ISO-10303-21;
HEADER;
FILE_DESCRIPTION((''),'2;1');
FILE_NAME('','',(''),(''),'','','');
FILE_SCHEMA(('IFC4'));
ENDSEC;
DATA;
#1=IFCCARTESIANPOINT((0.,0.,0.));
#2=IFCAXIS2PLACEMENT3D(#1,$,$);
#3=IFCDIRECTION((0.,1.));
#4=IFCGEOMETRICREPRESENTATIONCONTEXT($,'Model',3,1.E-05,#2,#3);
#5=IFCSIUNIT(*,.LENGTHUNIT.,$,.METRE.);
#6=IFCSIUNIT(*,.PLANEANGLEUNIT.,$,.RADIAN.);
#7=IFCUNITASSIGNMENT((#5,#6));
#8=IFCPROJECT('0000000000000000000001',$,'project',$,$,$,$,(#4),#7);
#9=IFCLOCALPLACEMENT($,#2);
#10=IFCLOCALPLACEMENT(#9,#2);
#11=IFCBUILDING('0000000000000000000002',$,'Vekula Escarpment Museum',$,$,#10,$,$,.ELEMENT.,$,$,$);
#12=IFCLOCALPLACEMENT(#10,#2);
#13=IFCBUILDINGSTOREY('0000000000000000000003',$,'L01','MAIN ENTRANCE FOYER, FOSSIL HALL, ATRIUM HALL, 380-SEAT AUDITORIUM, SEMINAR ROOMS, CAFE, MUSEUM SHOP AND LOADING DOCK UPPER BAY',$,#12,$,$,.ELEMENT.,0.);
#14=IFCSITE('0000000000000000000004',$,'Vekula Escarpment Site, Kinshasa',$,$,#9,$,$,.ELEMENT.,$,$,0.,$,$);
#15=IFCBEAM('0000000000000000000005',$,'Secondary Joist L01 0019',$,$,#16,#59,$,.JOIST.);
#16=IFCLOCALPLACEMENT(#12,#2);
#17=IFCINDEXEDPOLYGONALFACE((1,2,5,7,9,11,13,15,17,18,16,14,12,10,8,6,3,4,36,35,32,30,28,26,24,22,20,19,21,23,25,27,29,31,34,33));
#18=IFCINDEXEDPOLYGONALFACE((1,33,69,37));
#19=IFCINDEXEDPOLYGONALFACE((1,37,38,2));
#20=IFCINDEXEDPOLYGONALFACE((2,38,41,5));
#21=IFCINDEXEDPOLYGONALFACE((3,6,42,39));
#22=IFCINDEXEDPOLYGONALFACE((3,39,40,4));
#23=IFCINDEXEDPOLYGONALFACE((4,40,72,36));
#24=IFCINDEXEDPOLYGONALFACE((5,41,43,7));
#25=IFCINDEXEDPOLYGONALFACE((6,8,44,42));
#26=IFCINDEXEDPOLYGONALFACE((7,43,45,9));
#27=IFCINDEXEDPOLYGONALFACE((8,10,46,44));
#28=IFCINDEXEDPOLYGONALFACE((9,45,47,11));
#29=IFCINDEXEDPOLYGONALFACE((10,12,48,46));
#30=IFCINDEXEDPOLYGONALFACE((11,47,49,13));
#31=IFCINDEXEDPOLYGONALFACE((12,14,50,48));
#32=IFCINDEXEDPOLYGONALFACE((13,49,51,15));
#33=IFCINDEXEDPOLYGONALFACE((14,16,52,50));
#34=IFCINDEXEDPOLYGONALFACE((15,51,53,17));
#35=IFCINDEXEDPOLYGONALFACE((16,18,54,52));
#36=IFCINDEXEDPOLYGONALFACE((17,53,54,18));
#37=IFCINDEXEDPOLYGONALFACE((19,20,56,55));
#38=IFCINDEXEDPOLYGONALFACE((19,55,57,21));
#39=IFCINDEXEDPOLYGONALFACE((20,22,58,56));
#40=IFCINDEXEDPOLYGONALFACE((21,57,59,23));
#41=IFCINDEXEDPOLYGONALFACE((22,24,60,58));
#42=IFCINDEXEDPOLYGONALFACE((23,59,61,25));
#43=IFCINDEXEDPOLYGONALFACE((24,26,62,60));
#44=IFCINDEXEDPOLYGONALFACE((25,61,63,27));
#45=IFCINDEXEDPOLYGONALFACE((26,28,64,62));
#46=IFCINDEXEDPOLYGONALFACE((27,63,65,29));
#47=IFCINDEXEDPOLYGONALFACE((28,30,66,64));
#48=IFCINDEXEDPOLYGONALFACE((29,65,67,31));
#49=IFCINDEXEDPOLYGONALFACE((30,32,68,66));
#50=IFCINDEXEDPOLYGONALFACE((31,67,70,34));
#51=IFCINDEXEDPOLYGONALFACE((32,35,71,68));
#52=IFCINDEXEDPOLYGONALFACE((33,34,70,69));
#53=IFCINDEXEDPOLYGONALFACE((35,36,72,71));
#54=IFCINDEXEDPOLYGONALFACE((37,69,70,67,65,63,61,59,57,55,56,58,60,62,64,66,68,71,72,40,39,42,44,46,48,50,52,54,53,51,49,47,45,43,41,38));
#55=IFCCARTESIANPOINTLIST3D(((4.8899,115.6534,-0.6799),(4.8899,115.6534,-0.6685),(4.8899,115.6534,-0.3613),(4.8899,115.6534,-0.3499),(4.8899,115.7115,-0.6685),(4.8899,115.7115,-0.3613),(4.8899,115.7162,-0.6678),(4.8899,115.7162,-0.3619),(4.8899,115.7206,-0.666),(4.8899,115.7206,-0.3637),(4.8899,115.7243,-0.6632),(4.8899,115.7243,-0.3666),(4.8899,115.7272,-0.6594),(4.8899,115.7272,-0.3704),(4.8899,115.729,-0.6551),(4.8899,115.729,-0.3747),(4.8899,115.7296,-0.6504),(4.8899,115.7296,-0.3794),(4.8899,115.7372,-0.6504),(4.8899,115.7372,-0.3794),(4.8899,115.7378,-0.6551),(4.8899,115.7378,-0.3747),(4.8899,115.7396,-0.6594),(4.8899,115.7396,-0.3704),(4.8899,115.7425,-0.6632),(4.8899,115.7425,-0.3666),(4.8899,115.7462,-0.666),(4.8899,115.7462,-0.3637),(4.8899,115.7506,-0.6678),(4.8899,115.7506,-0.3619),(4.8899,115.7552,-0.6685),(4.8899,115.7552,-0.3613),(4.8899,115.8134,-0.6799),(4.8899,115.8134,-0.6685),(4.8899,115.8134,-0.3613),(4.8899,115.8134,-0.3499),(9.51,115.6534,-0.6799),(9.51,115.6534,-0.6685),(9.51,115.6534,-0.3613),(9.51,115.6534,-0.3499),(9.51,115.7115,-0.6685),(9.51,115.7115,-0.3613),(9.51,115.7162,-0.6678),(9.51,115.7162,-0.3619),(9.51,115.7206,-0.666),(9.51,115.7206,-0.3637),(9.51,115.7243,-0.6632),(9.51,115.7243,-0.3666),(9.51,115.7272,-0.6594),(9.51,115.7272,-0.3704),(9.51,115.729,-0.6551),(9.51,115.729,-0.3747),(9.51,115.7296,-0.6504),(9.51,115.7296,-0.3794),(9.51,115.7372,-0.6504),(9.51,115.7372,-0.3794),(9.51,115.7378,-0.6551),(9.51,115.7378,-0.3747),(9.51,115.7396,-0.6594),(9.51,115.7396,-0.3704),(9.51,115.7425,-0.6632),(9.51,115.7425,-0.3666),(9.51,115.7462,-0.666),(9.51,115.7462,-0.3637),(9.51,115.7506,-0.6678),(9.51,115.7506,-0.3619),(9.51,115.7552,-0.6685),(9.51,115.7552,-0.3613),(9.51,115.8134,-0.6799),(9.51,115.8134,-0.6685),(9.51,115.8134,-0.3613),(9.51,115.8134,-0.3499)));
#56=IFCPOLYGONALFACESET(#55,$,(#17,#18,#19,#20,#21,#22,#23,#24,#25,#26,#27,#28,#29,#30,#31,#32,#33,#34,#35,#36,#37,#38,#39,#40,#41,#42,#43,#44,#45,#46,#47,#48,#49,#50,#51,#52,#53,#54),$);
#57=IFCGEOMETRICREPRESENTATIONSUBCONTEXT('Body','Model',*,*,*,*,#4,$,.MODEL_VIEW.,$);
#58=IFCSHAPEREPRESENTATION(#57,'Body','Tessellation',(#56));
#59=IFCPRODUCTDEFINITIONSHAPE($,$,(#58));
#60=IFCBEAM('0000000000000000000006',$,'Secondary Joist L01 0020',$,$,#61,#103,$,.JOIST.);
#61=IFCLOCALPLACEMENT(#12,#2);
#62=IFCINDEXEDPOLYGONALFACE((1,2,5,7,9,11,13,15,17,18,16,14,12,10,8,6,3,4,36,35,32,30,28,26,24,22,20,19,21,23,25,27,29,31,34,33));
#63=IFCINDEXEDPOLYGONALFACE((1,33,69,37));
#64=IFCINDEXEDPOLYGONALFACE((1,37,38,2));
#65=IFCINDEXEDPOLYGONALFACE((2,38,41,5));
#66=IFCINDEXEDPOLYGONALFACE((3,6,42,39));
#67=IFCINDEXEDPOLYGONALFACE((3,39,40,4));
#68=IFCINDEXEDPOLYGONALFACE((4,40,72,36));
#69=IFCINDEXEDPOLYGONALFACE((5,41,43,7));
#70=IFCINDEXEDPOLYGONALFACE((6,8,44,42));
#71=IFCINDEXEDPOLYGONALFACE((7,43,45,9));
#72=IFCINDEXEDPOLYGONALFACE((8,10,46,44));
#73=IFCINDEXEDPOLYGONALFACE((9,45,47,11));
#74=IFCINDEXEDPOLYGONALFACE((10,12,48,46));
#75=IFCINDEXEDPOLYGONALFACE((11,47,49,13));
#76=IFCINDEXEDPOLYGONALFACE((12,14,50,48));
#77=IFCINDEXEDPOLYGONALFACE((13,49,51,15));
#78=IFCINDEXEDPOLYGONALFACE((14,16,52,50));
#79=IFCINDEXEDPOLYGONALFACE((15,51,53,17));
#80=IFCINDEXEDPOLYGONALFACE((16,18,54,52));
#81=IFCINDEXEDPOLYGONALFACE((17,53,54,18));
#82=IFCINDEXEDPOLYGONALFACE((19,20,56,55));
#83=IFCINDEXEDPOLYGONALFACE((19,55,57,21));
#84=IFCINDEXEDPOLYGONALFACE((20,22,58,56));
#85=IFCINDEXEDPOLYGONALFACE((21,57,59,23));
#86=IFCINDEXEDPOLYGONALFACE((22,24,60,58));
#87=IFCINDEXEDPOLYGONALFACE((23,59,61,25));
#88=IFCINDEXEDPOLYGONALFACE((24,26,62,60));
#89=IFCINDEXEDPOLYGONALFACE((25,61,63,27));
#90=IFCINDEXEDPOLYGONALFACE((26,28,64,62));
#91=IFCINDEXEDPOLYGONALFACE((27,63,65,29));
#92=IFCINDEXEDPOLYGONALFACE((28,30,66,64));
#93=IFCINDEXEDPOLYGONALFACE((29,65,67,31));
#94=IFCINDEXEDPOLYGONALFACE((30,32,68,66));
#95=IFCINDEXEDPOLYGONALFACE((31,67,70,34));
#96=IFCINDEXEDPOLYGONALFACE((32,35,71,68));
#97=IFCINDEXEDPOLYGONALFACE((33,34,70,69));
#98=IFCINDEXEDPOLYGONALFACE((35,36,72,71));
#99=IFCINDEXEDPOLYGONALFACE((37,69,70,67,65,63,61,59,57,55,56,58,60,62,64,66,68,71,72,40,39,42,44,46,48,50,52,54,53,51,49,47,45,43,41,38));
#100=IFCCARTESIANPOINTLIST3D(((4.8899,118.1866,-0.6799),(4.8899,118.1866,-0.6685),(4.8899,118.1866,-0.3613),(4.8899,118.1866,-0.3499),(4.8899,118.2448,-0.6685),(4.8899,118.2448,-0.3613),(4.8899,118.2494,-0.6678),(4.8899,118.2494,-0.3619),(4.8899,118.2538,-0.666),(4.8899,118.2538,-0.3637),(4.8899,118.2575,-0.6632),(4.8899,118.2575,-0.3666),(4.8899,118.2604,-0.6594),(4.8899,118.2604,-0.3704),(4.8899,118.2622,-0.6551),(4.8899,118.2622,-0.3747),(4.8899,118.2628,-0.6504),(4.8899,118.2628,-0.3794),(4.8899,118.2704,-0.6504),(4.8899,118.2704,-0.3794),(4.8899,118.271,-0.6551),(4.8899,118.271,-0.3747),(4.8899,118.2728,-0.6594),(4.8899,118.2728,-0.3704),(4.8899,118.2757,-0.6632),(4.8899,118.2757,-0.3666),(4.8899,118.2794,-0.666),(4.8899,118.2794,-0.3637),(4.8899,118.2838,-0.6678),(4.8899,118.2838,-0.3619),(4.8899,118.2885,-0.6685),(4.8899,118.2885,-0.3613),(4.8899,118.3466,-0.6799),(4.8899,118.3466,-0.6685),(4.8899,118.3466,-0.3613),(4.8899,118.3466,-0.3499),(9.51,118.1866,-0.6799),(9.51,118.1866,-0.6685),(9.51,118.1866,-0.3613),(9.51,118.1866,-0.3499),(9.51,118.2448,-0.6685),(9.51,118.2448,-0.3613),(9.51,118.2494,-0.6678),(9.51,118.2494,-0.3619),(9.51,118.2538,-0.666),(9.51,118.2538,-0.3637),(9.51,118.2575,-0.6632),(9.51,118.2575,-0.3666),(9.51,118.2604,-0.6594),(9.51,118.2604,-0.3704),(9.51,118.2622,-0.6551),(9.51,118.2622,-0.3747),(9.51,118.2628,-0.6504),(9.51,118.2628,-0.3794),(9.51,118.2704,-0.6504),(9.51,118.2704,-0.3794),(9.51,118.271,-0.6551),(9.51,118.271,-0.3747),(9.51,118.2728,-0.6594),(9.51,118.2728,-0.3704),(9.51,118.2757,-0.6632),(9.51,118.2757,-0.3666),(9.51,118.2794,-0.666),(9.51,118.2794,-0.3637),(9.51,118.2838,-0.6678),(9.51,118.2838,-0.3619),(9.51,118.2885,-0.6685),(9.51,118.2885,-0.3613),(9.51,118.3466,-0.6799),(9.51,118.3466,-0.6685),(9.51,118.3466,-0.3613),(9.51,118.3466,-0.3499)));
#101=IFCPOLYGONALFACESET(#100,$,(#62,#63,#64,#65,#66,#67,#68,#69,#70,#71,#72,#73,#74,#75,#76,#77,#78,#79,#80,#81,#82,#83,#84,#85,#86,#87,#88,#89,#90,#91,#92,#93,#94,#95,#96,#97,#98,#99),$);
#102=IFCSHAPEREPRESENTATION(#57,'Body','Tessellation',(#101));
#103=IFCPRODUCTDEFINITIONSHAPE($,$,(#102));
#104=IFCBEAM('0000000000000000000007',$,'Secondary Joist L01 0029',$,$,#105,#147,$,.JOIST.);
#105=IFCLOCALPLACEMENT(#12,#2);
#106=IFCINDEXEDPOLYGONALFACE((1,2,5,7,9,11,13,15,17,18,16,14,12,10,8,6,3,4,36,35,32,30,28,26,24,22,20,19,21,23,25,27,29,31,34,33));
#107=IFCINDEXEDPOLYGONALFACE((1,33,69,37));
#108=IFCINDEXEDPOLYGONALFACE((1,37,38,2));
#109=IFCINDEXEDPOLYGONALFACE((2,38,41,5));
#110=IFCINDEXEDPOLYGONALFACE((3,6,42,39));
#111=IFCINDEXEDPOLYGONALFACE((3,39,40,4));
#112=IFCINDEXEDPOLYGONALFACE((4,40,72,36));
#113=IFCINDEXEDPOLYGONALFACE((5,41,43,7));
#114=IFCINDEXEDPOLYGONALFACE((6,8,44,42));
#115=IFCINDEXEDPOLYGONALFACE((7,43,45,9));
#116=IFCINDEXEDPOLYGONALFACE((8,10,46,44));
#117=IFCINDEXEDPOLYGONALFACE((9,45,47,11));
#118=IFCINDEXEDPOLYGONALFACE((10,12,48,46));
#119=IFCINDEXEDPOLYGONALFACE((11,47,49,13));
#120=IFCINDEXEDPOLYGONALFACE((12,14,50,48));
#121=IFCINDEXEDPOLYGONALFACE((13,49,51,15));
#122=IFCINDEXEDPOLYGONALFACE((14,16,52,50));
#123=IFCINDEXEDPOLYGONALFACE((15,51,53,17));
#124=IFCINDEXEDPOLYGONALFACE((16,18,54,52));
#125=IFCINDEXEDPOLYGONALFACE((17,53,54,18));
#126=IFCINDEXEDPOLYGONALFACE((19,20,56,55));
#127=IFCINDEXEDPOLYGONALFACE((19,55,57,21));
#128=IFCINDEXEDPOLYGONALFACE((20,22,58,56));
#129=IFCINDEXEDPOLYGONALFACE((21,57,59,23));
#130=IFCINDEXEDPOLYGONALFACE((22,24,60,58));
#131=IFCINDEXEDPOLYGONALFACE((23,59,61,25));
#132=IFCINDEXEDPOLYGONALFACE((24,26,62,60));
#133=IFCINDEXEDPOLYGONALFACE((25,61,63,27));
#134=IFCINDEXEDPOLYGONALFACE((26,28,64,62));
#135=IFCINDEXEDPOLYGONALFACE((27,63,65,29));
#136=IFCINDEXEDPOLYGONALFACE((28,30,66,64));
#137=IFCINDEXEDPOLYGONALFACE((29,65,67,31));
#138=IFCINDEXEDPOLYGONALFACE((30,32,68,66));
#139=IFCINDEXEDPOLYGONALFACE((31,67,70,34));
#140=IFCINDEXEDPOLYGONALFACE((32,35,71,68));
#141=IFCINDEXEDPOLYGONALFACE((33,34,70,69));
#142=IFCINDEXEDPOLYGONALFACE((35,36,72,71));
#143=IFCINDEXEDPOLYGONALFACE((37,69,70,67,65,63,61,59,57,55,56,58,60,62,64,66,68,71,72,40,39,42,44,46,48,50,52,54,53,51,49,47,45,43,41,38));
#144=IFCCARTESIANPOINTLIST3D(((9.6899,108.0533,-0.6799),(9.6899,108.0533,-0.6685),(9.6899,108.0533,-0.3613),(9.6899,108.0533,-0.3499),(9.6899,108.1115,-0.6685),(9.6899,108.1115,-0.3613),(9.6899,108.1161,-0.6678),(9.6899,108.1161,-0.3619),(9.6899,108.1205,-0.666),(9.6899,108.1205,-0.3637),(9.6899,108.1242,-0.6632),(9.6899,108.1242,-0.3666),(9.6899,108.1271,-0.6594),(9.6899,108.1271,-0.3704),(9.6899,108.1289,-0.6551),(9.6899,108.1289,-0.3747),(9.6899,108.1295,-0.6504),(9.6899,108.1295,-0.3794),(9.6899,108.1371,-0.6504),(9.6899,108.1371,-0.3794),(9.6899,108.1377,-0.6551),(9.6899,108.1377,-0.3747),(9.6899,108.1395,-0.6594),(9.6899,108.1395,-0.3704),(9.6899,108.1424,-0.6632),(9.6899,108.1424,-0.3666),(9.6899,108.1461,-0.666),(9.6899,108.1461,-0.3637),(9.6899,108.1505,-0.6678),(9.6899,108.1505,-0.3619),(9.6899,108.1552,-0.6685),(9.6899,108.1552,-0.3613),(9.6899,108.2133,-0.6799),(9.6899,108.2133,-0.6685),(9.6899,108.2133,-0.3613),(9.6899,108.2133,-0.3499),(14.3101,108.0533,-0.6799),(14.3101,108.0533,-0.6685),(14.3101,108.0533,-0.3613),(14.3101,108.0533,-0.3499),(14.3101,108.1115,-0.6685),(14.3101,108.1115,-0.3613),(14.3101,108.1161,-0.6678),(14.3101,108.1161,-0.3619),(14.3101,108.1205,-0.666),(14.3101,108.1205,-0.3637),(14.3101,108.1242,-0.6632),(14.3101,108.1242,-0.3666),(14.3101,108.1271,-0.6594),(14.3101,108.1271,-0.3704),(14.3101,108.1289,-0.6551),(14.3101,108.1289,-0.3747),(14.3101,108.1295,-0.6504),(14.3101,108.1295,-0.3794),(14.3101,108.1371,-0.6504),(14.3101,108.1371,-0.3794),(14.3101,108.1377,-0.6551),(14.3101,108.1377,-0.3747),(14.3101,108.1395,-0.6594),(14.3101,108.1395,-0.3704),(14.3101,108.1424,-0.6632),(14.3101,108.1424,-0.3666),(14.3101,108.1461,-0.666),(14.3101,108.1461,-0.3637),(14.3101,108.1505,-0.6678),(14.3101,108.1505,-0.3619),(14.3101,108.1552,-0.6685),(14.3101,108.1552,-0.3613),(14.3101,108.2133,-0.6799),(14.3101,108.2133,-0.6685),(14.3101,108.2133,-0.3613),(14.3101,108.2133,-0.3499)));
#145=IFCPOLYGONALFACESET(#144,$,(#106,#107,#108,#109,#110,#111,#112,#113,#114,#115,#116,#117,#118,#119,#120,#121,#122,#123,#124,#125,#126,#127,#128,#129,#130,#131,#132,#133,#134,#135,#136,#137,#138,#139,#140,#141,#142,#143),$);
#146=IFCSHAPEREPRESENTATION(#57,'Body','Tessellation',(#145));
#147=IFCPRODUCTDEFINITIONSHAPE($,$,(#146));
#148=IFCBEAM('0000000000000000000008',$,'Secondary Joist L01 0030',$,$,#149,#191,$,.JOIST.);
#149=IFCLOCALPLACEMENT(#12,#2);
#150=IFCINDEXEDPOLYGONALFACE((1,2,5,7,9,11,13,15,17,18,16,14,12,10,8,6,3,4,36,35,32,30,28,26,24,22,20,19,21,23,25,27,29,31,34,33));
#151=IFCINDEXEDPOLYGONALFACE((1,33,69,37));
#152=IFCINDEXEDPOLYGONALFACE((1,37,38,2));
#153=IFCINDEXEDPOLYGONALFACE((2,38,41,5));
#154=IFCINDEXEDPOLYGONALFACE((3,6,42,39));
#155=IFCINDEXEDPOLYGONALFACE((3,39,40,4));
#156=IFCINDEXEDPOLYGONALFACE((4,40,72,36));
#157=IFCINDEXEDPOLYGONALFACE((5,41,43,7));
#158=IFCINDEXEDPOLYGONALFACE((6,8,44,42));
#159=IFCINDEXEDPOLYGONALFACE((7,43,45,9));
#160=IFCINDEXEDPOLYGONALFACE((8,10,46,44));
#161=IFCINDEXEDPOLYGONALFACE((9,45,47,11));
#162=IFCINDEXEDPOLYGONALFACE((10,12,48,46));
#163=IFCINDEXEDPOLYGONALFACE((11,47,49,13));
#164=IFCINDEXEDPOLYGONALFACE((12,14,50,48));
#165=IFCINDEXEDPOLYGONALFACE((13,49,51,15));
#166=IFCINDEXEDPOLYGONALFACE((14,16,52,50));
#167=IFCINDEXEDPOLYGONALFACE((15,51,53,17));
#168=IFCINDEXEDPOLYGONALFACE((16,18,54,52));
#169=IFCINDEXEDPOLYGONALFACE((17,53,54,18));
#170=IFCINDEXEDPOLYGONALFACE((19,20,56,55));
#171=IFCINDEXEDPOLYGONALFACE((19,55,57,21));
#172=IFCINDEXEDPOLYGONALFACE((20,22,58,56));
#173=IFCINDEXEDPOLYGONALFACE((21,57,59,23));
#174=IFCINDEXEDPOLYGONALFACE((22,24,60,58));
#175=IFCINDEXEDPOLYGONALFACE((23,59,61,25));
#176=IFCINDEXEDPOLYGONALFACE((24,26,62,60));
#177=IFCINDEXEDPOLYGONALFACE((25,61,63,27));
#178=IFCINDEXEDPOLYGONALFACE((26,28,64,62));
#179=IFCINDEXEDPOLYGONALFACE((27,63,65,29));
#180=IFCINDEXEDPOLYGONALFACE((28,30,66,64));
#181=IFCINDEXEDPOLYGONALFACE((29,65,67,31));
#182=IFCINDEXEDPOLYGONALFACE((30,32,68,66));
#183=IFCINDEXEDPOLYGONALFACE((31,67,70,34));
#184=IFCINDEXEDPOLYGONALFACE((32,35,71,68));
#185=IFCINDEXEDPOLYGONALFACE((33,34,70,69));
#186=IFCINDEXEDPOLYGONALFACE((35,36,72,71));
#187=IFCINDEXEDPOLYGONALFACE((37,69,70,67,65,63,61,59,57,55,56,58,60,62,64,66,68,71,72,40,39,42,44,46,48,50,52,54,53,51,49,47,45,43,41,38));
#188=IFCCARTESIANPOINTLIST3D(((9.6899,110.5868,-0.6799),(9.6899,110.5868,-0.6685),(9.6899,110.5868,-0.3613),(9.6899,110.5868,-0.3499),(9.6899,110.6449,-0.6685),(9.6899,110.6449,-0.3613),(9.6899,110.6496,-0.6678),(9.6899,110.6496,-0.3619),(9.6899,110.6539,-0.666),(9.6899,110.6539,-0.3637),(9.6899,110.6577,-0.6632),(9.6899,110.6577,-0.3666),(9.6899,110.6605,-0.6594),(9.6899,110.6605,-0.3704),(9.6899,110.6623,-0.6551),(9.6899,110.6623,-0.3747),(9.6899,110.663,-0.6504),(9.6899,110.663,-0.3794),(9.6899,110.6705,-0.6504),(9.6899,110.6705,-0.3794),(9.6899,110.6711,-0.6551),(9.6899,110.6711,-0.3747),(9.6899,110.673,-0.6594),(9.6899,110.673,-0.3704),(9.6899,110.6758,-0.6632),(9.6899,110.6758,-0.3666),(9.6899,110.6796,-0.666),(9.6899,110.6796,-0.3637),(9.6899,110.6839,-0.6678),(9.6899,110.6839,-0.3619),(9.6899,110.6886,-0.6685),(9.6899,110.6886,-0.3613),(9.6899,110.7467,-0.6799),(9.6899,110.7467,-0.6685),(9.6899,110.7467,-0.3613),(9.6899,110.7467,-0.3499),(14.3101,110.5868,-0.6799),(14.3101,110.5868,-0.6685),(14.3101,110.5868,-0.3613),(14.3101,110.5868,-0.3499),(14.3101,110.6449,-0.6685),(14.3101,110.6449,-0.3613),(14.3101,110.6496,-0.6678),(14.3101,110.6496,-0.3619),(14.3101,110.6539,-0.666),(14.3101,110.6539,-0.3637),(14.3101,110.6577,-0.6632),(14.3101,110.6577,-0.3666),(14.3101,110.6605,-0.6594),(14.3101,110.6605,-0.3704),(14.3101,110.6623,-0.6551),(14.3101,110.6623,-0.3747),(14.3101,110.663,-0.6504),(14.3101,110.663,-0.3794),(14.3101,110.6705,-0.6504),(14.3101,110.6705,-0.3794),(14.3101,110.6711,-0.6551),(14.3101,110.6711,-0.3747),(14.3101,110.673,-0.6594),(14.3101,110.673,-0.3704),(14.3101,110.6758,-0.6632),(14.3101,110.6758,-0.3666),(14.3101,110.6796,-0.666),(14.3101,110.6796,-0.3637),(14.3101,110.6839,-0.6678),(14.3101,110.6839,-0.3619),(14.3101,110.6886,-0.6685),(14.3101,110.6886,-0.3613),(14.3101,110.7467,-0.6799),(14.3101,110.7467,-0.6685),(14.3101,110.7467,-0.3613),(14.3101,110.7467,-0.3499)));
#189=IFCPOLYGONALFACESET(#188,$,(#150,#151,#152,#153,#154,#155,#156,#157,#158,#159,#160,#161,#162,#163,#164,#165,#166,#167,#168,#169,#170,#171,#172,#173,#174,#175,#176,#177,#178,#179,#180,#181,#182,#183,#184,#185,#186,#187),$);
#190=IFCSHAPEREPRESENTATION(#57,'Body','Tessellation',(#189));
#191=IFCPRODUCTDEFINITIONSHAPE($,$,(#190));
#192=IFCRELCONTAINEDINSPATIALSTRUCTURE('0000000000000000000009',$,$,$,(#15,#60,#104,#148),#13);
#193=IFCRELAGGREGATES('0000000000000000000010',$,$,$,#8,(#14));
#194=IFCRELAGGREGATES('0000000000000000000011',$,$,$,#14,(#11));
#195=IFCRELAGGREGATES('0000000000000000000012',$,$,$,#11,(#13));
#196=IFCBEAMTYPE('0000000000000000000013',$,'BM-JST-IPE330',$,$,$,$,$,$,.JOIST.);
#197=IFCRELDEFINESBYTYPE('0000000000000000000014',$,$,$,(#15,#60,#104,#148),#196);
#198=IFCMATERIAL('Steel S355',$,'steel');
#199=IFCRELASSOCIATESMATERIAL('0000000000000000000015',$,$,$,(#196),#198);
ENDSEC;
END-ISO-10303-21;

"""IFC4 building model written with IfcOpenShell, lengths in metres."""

from ifc_helpers import new_model, si_unit, direction, frame, origin, origin_2d, place, context, subcontext, project, spatial, i_section, extrude, material, material_profile, profile_set, type_object, element, save


model = new_model("IFC4")

# Units and contexts
model_context = context("Model", 3, precision=1e-05, world=origin(), true_north=direction((0.0, 1.0)))
body_context = subcontext(model_context, "Body", "Model", "MODEL_VIEW")
ifc_project = project(units=[si_unit("LENGTHUNIT", "METRE"), si_unit("PLANEANGLEUNIT", "RADIAN")], contexts=[model_context])

# Site, building, storey
site_placement = place(None, origin())
site = spatial("IfcSite", under=ifc_project, at=site_placement, Name="Vekula Escarpment Site, Kinshasa", CompositionType="ELEMENT", RefElevation=0.0)
building_placement = place(site_placement, origin())
building = spatial("IfcBuilding", under=site, at=building_placement, Name="Vekula Escarpment Museum", CompositionType="ELEMENT")
storey_placement = place(building_placement, origin())
storey = spatial("IfcBuildingStorey", under=building, at=storey_placement, Name="L01", Description="MAIN ENTRANCE FOYER, FOSSIL HALL, ATRIUM HALL, 380-SEAT AUDITORIUM, SEMINAR ROOMS, CAFE, MUSEUM SHOP AND LOADING DOCK UPPER BAY", CompositionType="ELEMENT", Elevation=0.0)

# Beams
ifc_material_1 = material(Name="Steel S355", Category="steel")
ifc_material_profile_1 = material_profile(ifc_material_1, i_section(OverallWidth=0.1599, OverallDepth=0.3301, WebThickness=0.0076, FlangeThickness=0.0115, FilletRadius=0.0181, at=origin_2d()), Name="IPE 330")
ifc_profile_set_1 = profile_set([ifc_material_profile_1], Name="Steel S355")
beam_type_1 = type_object("IfcBeamType", Name="BM-JST-IPE330", PredefinedType="JOIST", material=ifc_profile_set_1)
for number, where, z_axis, x_axis, name in (
    (1, (4.8899, 115.7334, -0.5149), (1.0, 0.0, 0.0), (0.0, 1.0, 0.0), "Secondary Joist L01 0019"),
    (2, (4.8899, 118.2666, -0.5149), (1.0, 0.0, 0.0), (0.0, 1.0, 0.0), "Secondary Joist L01 0020"),
    (3, (9.6899, 108.1333, -0.5149), (1.0, 0.0, 0.0), (0.0, 1.0, 0.0), "Secondary Joist L01 0029"),
    (4, (9.6899, 110.6667, -0.5149), (1.0, 0.0, 0.0), (0.0, 1.0, 0.0), "Secondary Joist L01 0030"),
):
    element("IfcBeam", number, at=place(storey_placement, frame(where, z_axis=z_axis, x_axis=x_axis)), inside=storey, type_object=beam_type_1, Name=name, PredefinedType="JOIST", context=body_context, shape_type="SweptSolid", body=[
        extrude(i_section(OverallWidth=0.1599, OverallDepth=0.3301, WebThickness=0.0076, FlangeThickness=0.0115, FilletRadius=0.0181, at=origin_2d()), origin(), (0.0, 0.0, 1.0), 4.6201),
    ])

save(model, "model.ifc")
